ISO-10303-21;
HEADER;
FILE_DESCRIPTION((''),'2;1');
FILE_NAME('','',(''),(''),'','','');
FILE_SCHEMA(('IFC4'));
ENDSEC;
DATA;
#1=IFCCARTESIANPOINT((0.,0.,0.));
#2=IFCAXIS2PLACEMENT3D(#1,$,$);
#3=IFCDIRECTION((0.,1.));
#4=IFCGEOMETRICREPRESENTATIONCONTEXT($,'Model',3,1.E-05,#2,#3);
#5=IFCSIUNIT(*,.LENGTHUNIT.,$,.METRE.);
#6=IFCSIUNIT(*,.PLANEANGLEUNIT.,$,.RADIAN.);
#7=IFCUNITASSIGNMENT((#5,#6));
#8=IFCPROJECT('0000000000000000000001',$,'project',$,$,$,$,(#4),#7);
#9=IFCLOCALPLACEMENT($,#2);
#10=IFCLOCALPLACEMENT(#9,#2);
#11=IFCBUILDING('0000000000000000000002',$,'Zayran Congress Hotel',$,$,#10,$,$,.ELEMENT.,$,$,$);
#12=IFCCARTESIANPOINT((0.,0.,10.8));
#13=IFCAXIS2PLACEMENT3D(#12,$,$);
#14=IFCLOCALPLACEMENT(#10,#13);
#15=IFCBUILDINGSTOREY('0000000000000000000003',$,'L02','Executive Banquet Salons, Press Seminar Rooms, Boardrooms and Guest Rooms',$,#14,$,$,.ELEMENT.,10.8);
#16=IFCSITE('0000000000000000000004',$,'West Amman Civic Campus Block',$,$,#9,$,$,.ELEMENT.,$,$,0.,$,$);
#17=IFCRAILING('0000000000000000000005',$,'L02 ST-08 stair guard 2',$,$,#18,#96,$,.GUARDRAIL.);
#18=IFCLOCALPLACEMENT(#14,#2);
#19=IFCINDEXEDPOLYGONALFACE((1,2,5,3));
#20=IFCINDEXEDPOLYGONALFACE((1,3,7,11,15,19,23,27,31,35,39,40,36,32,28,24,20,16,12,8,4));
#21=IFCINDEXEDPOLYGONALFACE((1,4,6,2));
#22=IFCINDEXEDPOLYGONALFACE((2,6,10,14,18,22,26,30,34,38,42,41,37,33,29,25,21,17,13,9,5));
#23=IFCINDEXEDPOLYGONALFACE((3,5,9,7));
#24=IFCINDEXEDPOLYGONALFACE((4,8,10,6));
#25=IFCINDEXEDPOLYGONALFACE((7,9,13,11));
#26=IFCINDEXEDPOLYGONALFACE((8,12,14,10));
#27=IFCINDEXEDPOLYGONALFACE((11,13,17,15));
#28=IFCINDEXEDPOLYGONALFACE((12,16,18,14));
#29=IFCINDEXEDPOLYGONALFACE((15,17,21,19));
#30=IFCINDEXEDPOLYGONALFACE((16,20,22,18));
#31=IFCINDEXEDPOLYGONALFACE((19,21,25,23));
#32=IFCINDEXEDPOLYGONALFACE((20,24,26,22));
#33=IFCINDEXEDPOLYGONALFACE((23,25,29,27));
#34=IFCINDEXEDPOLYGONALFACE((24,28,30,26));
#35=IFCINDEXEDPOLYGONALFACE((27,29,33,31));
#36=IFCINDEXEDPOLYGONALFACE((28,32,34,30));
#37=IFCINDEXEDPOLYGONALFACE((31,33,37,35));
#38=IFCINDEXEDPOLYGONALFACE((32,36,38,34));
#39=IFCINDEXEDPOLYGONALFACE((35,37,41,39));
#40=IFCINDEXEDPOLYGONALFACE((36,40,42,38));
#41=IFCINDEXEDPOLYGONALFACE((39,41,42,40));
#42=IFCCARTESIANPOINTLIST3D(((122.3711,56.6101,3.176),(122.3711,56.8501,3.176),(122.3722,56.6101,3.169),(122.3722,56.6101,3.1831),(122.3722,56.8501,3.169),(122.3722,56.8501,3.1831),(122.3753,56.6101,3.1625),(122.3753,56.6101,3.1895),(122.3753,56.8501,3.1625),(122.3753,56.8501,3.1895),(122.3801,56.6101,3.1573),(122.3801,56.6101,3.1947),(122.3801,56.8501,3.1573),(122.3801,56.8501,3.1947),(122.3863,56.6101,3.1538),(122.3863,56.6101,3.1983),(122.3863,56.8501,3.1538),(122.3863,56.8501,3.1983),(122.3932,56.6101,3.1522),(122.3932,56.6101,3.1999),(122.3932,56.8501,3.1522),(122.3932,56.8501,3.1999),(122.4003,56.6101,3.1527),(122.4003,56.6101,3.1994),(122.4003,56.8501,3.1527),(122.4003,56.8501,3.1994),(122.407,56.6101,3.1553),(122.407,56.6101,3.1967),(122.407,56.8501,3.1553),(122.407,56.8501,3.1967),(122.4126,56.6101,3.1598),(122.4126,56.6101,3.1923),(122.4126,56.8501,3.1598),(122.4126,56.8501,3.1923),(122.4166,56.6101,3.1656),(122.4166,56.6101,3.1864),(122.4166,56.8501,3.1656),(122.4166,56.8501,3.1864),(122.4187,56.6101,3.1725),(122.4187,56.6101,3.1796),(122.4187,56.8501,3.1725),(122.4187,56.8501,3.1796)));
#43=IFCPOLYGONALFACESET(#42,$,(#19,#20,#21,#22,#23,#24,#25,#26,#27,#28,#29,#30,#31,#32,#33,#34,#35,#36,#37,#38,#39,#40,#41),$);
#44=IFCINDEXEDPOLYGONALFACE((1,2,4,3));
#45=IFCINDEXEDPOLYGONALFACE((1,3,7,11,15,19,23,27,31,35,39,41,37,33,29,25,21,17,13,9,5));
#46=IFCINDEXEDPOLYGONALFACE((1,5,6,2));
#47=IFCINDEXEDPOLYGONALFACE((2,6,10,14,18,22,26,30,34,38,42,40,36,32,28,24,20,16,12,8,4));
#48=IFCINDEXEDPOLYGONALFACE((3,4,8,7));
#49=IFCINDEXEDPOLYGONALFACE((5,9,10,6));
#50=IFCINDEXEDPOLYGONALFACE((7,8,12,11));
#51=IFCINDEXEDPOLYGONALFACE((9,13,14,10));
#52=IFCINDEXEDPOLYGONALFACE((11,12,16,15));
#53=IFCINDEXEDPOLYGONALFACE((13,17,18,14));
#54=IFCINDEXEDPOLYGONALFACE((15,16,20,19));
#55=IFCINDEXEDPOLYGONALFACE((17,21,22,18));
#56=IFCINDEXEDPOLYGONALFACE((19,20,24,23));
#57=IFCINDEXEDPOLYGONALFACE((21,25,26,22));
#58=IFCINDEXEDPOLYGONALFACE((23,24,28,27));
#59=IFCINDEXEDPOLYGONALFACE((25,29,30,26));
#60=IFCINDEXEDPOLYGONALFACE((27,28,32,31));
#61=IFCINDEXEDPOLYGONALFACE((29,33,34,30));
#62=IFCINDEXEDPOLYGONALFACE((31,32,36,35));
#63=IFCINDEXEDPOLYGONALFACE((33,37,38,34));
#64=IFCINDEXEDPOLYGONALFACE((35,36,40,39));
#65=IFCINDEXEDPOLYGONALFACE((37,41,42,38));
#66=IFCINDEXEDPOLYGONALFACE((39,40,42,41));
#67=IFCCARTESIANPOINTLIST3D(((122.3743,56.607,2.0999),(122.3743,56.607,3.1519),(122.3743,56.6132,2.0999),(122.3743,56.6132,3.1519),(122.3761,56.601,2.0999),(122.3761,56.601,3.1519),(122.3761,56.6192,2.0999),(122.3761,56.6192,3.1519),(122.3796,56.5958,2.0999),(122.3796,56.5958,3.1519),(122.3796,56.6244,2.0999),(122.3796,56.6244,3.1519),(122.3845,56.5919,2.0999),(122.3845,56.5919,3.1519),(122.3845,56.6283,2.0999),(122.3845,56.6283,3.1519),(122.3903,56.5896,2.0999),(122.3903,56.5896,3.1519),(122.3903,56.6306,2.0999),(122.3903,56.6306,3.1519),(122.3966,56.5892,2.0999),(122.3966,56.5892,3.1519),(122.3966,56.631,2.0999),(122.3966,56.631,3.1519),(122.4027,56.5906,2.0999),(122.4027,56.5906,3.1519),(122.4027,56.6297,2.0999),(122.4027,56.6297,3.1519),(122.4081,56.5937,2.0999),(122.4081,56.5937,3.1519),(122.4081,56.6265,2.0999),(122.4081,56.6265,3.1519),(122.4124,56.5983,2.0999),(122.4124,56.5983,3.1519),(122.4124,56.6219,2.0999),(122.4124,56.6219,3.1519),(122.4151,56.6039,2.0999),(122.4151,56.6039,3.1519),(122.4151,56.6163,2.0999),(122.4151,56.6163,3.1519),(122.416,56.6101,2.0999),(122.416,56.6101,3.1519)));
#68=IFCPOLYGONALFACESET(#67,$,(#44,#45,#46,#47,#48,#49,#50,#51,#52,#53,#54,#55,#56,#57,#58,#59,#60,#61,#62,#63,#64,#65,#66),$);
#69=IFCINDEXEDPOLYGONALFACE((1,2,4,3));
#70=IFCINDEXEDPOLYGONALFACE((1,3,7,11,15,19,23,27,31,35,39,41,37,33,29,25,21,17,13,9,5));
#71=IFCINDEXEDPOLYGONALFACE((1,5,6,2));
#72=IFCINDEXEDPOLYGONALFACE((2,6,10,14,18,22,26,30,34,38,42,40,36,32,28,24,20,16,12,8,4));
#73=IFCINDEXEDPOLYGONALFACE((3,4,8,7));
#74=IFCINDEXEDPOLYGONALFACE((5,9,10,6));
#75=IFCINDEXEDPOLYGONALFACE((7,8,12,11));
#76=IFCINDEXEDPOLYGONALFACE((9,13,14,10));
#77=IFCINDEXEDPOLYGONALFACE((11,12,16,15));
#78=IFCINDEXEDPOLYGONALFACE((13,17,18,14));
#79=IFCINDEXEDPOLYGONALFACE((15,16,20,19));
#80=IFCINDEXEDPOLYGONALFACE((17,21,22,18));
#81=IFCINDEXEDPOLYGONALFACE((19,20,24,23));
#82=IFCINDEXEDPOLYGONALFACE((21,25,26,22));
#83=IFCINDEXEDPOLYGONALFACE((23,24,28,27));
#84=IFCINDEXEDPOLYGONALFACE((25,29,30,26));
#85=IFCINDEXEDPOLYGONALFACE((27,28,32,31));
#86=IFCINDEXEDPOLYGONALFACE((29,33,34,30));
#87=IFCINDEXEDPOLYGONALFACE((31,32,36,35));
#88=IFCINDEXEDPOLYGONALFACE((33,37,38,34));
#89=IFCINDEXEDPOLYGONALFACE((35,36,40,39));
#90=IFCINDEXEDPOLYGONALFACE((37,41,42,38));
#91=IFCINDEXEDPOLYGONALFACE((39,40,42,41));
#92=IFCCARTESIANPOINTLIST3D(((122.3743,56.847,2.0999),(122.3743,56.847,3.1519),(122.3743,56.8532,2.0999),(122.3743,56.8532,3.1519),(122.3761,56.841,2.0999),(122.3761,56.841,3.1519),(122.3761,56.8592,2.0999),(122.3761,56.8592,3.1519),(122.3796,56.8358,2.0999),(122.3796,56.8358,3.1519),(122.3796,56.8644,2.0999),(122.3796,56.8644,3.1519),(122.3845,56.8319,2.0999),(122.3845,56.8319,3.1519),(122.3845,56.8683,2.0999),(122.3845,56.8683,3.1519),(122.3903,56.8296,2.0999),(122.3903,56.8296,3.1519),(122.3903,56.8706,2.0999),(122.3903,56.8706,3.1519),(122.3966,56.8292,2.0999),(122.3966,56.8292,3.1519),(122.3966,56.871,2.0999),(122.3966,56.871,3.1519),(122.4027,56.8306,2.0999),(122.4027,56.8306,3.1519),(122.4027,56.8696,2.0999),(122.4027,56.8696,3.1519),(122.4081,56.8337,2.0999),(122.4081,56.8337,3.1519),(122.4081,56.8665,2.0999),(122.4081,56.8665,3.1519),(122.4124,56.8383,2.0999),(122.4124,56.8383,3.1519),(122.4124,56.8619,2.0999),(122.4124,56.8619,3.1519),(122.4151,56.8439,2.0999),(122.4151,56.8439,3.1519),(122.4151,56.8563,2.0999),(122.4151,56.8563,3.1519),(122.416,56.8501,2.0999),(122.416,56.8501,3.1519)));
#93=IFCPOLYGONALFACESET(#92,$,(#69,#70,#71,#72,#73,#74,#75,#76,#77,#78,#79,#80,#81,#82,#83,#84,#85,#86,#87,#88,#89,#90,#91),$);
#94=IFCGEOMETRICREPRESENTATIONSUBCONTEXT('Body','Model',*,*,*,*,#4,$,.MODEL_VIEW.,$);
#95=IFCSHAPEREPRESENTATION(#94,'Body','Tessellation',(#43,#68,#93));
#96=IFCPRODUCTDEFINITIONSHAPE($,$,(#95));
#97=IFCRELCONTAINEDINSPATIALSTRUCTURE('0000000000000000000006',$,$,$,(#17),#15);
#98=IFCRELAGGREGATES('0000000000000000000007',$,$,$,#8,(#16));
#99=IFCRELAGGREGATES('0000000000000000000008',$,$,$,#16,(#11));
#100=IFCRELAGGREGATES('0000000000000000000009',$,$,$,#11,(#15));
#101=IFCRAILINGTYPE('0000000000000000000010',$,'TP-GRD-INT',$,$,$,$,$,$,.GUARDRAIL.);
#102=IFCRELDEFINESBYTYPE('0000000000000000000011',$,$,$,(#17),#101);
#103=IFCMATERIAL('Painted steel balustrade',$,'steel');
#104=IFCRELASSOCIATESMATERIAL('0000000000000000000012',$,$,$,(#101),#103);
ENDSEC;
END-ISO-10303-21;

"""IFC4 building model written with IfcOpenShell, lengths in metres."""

from ifc_helpers import new_model, si_unit, direction, frame, origin, origin_2d, place, context, subcontext, project, spatial, circle, extrude, material, type_object, element, save


model = new_model("IFC4")

# Units and contexts
model_context = context("Model", 3, precision=1e-05, world=origin(), true_north=direction((0.0, 1.0)))
body_context = subcontext(model_context, "Body", "Model", "MODEL_VIEW")
ifc_project = project(units=[si_unit("LENGTHUNIT", "METRE"), si_unit("PLANEANGLEUNIT", "RADIAN")], contexts=[model_context])

# Site, building, storey
site_placement = place(None, origin())
site = spatial("IfcSite", under=ifc_project, at=site_placement, Name="West Amman Civic Campus Block", CompositionType="ELEMENT", RefElevation=0.0)
building_placement = place(site_placement, origin())
building = spatial("IfcBuilding", under=site, at=building_placement, Name="Zayran Congress Hotel", CompositionType="ELEMENT")
storey_placement = place(building_placement, frame((0.0, 0.0, 10.8)))
storey = spatial("IfcBuildingStorey", under=building, at=storey_placement, Name="L02", Description="Executive Banquet Salons, Press Seminar Rooms, Boardrooms and Guest Rooms", CompositionType="ELEMENT", Elevation=10.8)

# Railing
ifc_material_1 = material(Name="Painted steel balustrade", Category="steel")
railing_type_1 = type_object("IfcRailingType", Name="TP-GRD-INT", PredefinedType="GUARDRAIL", material=ifc_material_1)
railing_1_placement = place(storey_placement, frame((122.395, 56.6101, 2.0999)))
element("IfcRailing", 1, at=railing_1_placement, inside=storey, type_object=railing_type_1, Name="L02 ST-08 stair guard 2", PredefinedType="GUARDRAIL", context=body_context, shape_type="SweptSolid", body=[
    extrude(circle(Radius=0.0239, at=origin_2d()), frame((0.0, 0.0, 1.0762), z_axis=(0.0, 1.0, 0.0), x_axis=(-1.0, 0.0, 0.0)), (0.0, 0.0, 1.0), 0.24),
    extrude(circle(Radius=0.021, at=origin_2d()), origin(), (0.0, 0.0, 1.0), 1.052),
    extrude(circle(Radius=0.021, at=origin_2d()), frame((0.0, 0.24, 0.0)), (0.0, 0.0, 1.0), 1.052),
])

save(model, "model.ifc")
